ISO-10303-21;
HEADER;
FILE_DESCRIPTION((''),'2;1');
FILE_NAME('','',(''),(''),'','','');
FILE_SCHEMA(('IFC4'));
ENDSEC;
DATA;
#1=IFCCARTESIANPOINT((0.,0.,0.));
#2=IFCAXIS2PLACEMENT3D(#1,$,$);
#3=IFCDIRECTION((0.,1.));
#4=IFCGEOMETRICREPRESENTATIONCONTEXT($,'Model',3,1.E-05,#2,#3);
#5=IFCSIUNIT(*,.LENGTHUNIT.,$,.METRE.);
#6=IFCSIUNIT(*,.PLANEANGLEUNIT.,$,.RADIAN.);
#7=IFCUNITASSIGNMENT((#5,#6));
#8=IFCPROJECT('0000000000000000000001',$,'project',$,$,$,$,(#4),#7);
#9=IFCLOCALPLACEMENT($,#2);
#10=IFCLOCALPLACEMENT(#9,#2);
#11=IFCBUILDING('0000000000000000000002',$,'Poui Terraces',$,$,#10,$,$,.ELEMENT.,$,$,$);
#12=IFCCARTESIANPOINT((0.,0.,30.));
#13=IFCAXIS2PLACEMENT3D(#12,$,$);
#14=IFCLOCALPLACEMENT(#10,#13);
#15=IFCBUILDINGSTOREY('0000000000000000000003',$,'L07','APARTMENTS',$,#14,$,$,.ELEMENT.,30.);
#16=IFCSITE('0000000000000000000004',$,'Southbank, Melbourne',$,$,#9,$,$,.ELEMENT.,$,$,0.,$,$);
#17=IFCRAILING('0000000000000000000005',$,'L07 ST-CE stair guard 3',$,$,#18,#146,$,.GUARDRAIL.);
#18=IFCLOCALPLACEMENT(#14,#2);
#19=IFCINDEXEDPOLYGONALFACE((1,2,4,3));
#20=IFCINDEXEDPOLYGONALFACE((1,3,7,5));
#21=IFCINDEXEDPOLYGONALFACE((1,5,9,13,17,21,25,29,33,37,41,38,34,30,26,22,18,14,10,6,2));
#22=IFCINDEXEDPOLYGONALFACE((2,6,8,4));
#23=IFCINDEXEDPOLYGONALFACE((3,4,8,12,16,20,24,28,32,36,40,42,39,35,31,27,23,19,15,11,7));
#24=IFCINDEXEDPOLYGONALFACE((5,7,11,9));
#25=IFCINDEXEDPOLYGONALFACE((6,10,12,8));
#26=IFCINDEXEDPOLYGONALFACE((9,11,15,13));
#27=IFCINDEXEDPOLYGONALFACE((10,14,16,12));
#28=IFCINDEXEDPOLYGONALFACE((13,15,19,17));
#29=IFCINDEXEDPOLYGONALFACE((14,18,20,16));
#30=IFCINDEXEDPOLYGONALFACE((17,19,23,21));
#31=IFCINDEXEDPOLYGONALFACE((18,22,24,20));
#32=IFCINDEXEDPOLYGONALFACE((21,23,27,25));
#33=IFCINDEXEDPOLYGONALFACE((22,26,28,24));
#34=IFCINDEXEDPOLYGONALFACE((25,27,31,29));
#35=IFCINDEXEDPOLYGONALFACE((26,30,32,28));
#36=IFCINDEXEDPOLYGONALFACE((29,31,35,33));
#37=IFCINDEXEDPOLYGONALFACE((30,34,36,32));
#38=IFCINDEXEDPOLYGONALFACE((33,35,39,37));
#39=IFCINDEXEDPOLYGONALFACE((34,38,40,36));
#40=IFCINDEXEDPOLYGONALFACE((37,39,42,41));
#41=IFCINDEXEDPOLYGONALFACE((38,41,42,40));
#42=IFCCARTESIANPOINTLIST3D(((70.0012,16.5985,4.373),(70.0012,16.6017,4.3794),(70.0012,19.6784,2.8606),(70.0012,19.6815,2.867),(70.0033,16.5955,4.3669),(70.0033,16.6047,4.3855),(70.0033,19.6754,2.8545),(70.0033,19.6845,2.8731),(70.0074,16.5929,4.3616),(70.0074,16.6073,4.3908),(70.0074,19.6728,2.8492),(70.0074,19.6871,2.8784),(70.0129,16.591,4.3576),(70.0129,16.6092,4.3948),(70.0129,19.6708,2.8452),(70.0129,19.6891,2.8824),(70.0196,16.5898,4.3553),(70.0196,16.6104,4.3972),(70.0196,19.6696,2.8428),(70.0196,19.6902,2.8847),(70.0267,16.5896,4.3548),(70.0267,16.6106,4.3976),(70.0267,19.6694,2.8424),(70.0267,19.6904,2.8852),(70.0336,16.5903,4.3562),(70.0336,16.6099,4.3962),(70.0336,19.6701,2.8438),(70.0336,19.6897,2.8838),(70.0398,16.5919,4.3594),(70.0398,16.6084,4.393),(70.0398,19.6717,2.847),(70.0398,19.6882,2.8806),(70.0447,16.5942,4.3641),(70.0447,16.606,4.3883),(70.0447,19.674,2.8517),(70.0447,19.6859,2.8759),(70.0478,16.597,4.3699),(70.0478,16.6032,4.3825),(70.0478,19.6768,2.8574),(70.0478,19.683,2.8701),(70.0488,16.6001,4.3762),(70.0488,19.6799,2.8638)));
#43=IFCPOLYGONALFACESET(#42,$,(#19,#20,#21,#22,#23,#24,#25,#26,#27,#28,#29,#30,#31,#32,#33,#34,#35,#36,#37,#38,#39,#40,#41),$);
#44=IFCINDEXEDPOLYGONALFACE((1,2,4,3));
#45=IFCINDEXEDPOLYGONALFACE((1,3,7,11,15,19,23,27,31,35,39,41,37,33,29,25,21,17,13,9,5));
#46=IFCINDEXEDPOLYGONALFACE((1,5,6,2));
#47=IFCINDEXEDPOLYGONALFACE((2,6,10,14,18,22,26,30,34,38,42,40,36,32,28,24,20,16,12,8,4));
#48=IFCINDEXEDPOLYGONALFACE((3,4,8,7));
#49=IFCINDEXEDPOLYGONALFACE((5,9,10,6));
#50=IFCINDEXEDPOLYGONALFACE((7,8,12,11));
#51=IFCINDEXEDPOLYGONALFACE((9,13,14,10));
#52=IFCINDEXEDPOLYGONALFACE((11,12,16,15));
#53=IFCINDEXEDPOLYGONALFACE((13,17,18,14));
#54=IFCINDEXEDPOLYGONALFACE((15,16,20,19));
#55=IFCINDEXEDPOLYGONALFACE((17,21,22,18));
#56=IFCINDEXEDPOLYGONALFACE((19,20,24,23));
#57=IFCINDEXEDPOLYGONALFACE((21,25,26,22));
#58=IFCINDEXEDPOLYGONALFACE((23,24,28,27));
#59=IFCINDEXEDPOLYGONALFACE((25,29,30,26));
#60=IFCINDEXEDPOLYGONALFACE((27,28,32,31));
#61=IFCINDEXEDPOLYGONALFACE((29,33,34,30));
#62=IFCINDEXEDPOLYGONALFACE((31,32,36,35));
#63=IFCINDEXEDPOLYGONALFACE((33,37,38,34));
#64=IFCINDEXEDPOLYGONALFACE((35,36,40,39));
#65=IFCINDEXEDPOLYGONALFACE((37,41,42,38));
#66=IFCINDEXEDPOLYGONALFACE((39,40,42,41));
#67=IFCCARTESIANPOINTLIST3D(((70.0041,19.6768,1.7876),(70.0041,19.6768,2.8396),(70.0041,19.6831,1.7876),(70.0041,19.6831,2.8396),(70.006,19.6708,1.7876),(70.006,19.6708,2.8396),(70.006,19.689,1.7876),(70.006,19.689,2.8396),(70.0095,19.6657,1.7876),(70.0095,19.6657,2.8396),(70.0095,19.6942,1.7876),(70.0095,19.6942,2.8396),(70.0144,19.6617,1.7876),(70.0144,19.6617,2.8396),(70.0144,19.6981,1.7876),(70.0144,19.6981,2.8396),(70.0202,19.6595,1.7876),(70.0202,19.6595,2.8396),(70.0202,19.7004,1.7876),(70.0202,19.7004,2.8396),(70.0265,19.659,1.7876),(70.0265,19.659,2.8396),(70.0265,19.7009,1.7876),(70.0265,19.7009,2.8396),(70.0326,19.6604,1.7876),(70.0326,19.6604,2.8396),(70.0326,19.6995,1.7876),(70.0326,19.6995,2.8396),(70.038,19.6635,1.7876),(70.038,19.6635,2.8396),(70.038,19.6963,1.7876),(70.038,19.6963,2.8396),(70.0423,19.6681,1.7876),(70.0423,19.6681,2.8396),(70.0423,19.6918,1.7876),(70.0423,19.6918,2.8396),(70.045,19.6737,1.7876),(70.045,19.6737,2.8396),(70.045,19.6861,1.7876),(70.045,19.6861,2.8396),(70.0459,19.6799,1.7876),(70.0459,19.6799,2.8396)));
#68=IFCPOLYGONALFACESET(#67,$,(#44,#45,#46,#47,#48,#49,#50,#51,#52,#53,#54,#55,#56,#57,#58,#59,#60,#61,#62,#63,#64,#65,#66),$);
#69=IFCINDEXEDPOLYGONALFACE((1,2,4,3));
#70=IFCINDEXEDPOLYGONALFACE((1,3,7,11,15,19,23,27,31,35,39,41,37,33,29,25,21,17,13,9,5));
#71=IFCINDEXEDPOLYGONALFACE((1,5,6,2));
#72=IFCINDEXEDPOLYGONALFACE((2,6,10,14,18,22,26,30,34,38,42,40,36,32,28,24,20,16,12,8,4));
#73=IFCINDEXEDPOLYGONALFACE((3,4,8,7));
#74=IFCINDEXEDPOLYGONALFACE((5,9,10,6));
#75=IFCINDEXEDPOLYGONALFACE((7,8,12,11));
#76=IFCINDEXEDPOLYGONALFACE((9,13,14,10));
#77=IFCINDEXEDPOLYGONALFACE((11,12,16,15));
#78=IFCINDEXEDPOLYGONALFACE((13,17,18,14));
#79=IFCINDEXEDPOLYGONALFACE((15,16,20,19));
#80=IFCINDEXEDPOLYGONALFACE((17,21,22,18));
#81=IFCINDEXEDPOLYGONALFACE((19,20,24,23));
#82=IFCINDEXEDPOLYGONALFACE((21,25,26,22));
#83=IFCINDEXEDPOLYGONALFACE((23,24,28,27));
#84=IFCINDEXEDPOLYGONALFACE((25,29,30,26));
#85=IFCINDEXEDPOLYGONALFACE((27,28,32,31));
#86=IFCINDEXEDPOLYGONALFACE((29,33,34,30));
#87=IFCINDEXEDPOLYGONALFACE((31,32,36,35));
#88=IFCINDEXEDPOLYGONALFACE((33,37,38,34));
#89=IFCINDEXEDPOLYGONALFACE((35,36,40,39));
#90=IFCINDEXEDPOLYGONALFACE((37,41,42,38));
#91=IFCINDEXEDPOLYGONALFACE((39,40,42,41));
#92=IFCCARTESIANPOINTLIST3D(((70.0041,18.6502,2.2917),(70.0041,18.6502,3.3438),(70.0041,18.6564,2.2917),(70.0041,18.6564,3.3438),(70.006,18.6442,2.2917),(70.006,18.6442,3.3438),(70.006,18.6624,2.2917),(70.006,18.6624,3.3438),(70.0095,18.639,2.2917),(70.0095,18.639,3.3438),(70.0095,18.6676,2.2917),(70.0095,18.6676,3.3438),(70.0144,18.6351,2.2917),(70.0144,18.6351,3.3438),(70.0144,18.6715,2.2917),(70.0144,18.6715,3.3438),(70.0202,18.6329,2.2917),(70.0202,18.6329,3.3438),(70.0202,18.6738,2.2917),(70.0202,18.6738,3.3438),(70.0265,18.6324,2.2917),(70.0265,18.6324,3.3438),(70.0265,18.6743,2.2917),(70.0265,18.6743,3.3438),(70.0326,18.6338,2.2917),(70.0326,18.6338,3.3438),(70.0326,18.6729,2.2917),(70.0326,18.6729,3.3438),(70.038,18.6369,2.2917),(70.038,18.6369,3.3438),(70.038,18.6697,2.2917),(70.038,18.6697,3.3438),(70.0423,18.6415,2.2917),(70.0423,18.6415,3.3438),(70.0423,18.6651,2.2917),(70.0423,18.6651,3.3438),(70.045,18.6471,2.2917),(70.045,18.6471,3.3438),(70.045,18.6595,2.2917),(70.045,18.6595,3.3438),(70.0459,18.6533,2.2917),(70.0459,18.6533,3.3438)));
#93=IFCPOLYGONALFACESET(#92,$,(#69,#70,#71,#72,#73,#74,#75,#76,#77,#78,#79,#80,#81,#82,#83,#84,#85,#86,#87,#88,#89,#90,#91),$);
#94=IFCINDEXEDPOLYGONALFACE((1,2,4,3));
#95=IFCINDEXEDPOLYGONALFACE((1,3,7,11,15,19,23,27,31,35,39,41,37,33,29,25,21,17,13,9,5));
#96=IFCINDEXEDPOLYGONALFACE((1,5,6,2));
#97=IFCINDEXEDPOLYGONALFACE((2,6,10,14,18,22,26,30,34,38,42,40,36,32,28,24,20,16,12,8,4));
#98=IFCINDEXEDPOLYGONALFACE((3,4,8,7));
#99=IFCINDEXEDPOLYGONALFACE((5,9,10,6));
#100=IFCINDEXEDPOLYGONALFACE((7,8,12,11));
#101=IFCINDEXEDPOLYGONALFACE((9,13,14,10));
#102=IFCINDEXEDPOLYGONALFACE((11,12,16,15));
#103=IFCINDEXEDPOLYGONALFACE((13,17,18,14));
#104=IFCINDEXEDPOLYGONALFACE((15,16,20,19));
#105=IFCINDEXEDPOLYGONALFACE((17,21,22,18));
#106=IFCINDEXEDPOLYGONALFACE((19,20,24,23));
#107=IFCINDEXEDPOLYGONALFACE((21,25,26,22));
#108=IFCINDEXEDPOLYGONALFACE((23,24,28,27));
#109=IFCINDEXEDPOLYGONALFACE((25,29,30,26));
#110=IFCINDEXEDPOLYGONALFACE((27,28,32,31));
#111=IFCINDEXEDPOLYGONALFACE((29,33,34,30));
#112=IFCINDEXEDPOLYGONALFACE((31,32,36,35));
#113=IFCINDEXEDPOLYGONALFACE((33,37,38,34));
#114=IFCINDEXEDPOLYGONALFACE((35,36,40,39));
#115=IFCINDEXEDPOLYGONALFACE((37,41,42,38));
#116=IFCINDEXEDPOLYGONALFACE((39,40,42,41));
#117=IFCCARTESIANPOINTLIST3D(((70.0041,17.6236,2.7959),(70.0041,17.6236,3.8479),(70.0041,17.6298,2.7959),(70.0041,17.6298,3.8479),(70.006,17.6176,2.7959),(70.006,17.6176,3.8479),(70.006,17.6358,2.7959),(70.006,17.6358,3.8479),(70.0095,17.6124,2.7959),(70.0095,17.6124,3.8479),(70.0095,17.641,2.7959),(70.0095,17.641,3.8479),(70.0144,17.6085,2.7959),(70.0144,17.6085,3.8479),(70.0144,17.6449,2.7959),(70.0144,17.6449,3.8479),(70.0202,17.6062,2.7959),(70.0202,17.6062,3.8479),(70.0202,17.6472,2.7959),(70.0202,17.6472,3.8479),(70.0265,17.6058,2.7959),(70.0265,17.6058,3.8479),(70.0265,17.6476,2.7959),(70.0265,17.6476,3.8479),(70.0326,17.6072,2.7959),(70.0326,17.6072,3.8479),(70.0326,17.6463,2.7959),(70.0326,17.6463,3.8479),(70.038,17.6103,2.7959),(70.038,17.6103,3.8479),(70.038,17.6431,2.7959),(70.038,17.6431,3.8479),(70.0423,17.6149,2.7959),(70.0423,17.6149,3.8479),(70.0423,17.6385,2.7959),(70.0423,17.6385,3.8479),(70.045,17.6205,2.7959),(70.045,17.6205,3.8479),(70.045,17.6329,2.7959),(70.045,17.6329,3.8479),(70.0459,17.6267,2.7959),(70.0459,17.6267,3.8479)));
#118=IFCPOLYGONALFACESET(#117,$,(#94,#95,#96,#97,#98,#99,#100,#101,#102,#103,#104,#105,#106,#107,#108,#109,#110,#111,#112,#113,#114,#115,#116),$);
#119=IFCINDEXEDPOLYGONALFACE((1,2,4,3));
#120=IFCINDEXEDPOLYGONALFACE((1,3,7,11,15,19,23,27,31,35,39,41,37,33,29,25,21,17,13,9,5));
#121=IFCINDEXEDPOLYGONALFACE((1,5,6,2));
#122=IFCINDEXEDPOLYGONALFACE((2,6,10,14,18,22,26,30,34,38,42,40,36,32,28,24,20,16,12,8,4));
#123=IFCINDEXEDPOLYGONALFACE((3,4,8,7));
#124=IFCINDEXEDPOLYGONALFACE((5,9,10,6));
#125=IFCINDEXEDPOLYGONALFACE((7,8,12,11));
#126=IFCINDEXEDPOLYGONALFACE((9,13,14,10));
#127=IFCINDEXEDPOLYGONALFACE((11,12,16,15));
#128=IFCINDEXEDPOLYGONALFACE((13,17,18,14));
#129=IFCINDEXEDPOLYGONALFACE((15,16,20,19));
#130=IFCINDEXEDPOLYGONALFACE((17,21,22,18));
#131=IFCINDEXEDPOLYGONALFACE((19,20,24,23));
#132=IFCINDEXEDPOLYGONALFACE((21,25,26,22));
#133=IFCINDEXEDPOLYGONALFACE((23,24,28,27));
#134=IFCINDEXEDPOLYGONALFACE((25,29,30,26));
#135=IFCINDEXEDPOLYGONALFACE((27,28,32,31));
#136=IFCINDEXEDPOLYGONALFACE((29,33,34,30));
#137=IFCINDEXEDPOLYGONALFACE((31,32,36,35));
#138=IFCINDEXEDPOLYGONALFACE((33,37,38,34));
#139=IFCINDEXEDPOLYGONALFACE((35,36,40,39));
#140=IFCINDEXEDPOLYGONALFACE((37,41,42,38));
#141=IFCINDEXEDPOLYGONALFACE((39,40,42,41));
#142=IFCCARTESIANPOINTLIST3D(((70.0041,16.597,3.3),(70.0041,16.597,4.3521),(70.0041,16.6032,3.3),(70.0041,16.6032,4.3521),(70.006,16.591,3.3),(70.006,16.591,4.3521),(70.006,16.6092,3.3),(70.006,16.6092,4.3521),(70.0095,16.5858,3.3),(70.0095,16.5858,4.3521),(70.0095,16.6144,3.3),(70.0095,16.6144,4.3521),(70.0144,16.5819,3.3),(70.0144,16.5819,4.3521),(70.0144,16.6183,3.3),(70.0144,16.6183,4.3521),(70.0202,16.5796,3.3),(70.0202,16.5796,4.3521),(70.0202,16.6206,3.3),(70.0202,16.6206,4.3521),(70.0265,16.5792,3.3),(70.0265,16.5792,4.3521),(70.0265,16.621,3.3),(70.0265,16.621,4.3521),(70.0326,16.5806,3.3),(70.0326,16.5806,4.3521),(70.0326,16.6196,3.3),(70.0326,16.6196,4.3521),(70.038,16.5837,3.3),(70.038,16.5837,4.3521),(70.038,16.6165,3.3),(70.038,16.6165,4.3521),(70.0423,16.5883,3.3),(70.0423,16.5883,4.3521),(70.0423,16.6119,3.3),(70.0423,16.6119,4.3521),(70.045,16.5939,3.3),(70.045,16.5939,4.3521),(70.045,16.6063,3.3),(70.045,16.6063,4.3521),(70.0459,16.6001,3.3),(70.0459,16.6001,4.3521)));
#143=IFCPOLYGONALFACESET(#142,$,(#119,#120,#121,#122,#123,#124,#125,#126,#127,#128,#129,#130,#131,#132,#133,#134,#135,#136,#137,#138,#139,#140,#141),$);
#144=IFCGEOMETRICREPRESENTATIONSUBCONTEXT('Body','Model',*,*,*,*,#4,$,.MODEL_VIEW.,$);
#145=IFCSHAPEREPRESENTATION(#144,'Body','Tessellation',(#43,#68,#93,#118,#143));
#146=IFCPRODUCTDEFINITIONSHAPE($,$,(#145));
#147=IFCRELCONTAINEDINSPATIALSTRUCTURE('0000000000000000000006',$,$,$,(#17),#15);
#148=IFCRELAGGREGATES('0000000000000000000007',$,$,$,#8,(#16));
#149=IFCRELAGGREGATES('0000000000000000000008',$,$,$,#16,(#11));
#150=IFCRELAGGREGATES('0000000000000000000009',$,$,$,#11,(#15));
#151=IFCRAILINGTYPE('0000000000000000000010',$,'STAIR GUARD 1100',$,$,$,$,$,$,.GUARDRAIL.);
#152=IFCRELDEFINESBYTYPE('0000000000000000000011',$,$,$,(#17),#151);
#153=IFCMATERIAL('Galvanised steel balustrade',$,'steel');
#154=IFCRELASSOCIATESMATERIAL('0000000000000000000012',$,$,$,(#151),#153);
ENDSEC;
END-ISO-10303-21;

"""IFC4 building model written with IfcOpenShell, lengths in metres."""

from ifc_helpers import new_model, si_unit, direction, frame, origin, origin_2d, place, context, subcontext, project, spatial, circle, extrude, material, type_object, element, save


model = new_model("IFC4")

# Units and contexts
model_context = context("Model", 3, precision=1e-05, world=origin(), true_north=direction((0.0, 1.0)))
body_context = subcontext(model_context, "Body", "Model", "MODEL_VIEW")
ifc_project = project(units=[si_unit("LENGTHUNIT", "METRE"), si_unit("PLANEANGLEUNIT", "RADIAN")], contexts=[model_context])

# Site, building, storey
site_placement = place(None, origin())
site = spatial("IfcSite", under=ifc_project, at=site_placement, Name="Southbank, Melbourne", CompositionType="ELEMENT", RefElevation=0.0)
building_placement = place(site_placement, origin())
building = spatial("IfcBuilding", under=site, at=building_placement, Name="Poui Terraces", CompositionType="ELEMENT")
storey_placement = place(building_placement, frame((0.0, 0.0, 30.0)))
storey = spatial("IfcBuildingStorey", under=building, at=storey_placement, Name="L07", Description="APARTMENTS", CompositionType="ELEMENT", Elevation=30.0)

# Railing
ifc_material_1 = material(Name="Galvanised steel balustrade", Category="steel")
railing_type_1 = type_object("IfcRailingType", Name="STAIR GUARD 1100", PredefinedType="GUARDRAIL", material=ifc_material_1)
railing_1_placement = place(storey_placement, frame((70.0249, 19.6799, 1.7876)))
element("IfcRailing", 1, at=railing_1_placement, inside=storey, type_object=railing_type_1, Name="L07 ST-CE stair guard 3", PredefinedType="GUARDRAIL", context=body_context, shape_type="SweptSolid", body=[
    extrude(circle(Radius=0.0239, at=origin_2d()), frame((0.0, 0.0, 1.0762), z_axis=(0.0, -0.897606, 0.440798), x_axis=(1.0, 0.0, 0.0)), (0.0, 0.0, 1.0), 3.4312),
    extrude(circle(Radius=0.021, at=origin_2d()), origin(), (0.0, 0.0, 1.0), 1.052),
    extrude(circle(Radius=0.021, at=origin_2d()), frame((0.0, -1.0266, 0.5042)), (0.0, 0.0, 1.0), 1.052),
    extrude(circle(Radius=0.021, at=origin_2d()), frame((0.0, -2.0532, 1.0083)), (0.0, 0.0, 1.0), 1.052),
    extrude(circle(Radius=0.021, at=origin_2d()), frame((0.0, -3.0798, 1.5125)), (0.0, 0.0, 1.0), 1.052),
])

save(model, "model.ifc")
